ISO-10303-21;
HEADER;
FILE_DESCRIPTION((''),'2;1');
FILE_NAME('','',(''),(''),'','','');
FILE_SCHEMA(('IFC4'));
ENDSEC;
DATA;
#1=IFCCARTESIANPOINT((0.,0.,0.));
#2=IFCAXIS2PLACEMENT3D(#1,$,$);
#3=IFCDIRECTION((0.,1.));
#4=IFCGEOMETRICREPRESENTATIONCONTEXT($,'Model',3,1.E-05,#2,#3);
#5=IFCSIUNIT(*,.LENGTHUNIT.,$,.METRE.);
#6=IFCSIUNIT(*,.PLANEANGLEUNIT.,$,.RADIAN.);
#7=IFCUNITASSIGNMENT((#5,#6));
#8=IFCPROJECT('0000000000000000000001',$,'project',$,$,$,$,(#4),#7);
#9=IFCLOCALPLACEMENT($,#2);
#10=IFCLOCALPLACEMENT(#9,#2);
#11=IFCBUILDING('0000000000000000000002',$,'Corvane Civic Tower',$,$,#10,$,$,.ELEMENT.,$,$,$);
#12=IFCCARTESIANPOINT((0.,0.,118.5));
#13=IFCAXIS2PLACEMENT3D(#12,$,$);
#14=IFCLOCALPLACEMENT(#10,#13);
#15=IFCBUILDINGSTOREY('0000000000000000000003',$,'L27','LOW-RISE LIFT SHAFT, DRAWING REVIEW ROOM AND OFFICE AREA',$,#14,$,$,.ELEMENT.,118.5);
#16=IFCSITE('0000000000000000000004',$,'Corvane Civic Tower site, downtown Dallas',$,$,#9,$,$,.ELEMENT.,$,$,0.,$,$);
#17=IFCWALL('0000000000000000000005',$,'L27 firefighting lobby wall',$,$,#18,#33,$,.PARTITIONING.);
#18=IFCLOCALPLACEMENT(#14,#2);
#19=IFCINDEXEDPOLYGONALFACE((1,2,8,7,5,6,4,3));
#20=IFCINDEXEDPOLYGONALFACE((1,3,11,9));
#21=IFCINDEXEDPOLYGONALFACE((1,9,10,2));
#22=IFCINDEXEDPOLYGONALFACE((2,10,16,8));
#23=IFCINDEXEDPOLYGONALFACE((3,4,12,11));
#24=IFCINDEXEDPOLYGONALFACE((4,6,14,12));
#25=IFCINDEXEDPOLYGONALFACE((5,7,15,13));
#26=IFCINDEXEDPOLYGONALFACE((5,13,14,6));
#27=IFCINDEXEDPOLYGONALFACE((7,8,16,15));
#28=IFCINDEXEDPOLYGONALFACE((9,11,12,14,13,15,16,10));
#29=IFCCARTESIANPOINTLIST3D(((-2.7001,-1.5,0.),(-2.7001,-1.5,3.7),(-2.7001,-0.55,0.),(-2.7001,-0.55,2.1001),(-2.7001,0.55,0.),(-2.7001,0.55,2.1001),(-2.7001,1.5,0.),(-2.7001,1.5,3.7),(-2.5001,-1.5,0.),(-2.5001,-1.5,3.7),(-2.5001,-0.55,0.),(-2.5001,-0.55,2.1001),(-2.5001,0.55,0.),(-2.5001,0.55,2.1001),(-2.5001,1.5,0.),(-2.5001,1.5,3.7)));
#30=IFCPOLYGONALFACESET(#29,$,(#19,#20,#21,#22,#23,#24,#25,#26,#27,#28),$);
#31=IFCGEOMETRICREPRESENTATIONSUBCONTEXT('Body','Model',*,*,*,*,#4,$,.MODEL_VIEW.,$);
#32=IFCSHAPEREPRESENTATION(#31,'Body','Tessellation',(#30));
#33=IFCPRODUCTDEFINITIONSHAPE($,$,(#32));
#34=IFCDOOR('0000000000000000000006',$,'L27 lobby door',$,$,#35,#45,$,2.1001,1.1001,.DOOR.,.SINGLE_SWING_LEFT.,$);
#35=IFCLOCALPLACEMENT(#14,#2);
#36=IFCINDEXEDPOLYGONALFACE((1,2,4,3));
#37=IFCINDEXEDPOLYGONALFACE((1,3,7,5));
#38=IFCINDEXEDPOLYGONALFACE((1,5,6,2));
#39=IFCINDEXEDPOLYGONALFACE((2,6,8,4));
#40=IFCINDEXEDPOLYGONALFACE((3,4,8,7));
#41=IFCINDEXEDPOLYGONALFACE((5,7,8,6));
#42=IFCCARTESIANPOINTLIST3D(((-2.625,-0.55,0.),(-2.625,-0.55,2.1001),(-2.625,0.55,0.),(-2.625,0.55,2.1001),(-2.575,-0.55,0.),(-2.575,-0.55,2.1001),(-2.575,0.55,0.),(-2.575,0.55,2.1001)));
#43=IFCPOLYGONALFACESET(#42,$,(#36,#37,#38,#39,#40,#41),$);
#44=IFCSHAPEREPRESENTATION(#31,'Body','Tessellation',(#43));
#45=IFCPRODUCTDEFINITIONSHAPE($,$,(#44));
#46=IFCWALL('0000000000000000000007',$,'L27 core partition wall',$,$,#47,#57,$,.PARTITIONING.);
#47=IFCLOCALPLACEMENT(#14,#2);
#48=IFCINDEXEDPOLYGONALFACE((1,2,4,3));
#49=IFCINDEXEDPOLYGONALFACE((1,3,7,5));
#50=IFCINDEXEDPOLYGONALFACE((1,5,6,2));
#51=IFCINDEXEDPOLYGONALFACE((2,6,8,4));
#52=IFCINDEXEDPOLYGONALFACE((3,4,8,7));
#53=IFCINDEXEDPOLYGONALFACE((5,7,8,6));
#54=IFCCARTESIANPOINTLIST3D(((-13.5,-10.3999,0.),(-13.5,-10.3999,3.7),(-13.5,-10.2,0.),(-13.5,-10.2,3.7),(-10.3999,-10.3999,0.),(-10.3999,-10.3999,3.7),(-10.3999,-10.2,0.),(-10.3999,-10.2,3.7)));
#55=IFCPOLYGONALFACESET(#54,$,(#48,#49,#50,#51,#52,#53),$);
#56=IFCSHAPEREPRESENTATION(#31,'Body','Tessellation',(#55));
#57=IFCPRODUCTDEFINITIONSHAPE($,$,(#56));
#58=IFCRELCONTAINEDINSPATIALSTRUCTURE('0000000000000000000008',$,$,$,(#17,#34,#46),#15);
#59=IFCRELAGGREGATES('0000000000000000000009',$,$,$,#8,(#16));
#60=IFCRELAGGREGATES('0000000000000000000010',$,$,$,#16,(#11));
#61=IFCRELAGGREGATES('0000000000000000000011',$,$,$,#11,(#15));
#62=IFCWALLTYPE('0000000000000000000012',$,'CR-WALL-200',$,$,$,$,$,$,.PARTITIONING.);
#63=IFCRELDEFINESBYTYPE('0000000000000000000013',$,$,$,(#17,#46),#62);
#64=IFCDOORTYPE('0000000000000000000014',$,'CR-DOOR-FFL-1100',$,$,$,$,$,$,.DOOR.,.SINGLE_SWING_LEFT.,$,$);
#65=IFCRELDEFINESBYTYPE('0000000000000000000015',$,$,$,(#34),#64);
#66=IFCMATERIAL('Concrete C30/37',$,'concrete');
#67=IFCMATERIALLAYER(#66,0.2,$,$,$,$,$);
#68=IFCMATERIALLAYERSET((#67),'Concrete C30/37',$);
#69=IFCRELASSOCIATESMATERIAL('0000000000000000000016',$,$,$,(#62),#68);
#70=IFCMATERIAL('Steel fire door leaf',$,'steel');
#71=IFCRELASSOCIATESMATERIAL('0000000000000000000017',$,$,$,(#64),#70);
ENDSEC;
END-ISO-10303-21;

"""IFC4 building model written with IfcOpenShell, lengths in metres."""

from ifc_helpers import new_model, si_unit, direction, frame, frame_2d, origin, place, context, subcontext, project, spatial, polyline, rectangle, outline, extrude, material, layer, layer_set, type_object, element, fill, save


model = new_model("IFC4")

# Units and contexts
model_context = context("Model", 3, precision=1e-05, world=origin(), true_north=direction((0.0, 1.0)))
body_context = subcontext(model_context, "Body", "Model", "MODEL_VIEW")
ifc_project = project(units=[si_unit("LENGTHUNIT", "METRE"), si_unit("PLANEANGLEUNIT", "RADIAN")], contexts=[model_context])

# Site, building, storey
site_placement = place(None, origin())
site = spatial("IfcSite", under=ifc_project, at=site_placement, Name="Corvane Civic Tower site, downtown Dallas", CompositionType="ELEMENT", RefElevation=0.0)
building_placement = place(site_placement, origin())
building = spatial("IfcBuilding", under=site, at=building_placement, Name="Corvane Civic Tower", CompositionType="ELEMENT")
storey_placement = place(building_placement, frame((0.0, 0.0, 118.5)))
storey = spatial("IfcBuildingStorey", under=building, at=storey_placement, Name="L27", Description="LOW-RISE LIFT SHAFT, DRAWING REVIEW ROOM AND OFFICE AREA", CompositionType="ELEMENT", Elevation=118.5)

# Shared definitions
ifc_material_1 = material(Name="Concrete C30/37", Category="concrete")
ifc_layer_1 = layer(ifc_material_1, 0.2)
ifc_layer_set_1 = layer_set([ifc_layer_1], Name="Concrete C30/37")
wall_type = type_object("IfcWallType", Name="CR-WALL-200", PredefinedType="PARTITIONING", material=ifc_layer_set_1)

# Wall, opening, door
wall_1_placement = place(storey_placement, frame((-2.6001, -1.5, 0.0), z_axis=(0.0, 0.0, 1.0), x_axis=(0.0, 1.0, 0.0)))
wall_1 = element("IfcWall", 1, at=wall_1_placement, inside=storey, type_object=wall_type, Name="L27 firefighting lobby wall", PredefinedType="PARTITIONING", context=body_context, shape_type="SweptSolid", body=[
    extrude(rectangle(XDim=3.0, YDim=0.2, at=frame_2d((1.5, 0.0))), origin(), (0.0, 0.0, 1.0), 3.7),
])
opening_1_placement = place(wall_1_placement, frame((0.95, 0.0, 0.0)))
opening_1 = element("IfcOpeningElement", 2, at=opening_1_placement, cuts=wall_1, PredefinedType="OPENING", context=body_context, shape_type="SweptSolid", body=[
    extrude(rectangle(XDim=1.1001, YDim=2.1001, at=frame_2d((0.55, 1.05))), frame((0.0, 0.1099, 0.0), z_axis=(0.0, -1.0, 0.0), x_axis=(1.0, 0.0, 0.0)), (0.0, 0.0, 1.0), 0.22),
])
ifc_material_2 = material(Name="Steel fire door leaf", Category="steel")
door_type_1 = type_object("IfcDoorType", Name="CR-DOOR-FFL-1100", OperationType="SINGLE_SWING_LEFT", PredefinedType="DOOR", material=ifc_material_2)
door_1_placement = place(opening_1_placement, origin())
door_1 = element("IfcDoor", 3, at=door_1_placement, inside=storey, type_object=door_type_1, Name="L27 lobby door", OperationType="SINGLE_SWING_LEFT", OverallHeight=2.1001, OverallWidth=1.1001, PredefinedType="DOOR", context=body_context, shape_type="SweptSolid", body=[
    extrude(rectangle(XDim=1.1001, YDim=2.1001, at=frame_2d((0.55, 1.05))), frame((0.0, 0.0249, 0.0), z_axis=(0.0, -1.0, 0.0), x_axis=(1.0, 0.0, 0.0)), (0.0, 0.0, 1.0), 0.05),
])
fill(opening_1, door_1)

# Wall
wall_2_placement = place(storey_placement, origin())
element("IfcWall", 4, at=wall_2_placement, inside=storey, type_object=wall_type, Name="L27 core partition wall", PredefinedType="PARTITIONING", context=body_context, shape_type="SweptSolid", body=[
    extrude(outline(polyline([(-10.3999, -10.3999), (-13.5, -10.3999), (-13.5, -10.2), (-10.3999, -10.2), (-10.3999, -10.3999)])), origin(), (0.0, 0.0, 1.0), 3.7),
])

save(model, "model.ifc")
